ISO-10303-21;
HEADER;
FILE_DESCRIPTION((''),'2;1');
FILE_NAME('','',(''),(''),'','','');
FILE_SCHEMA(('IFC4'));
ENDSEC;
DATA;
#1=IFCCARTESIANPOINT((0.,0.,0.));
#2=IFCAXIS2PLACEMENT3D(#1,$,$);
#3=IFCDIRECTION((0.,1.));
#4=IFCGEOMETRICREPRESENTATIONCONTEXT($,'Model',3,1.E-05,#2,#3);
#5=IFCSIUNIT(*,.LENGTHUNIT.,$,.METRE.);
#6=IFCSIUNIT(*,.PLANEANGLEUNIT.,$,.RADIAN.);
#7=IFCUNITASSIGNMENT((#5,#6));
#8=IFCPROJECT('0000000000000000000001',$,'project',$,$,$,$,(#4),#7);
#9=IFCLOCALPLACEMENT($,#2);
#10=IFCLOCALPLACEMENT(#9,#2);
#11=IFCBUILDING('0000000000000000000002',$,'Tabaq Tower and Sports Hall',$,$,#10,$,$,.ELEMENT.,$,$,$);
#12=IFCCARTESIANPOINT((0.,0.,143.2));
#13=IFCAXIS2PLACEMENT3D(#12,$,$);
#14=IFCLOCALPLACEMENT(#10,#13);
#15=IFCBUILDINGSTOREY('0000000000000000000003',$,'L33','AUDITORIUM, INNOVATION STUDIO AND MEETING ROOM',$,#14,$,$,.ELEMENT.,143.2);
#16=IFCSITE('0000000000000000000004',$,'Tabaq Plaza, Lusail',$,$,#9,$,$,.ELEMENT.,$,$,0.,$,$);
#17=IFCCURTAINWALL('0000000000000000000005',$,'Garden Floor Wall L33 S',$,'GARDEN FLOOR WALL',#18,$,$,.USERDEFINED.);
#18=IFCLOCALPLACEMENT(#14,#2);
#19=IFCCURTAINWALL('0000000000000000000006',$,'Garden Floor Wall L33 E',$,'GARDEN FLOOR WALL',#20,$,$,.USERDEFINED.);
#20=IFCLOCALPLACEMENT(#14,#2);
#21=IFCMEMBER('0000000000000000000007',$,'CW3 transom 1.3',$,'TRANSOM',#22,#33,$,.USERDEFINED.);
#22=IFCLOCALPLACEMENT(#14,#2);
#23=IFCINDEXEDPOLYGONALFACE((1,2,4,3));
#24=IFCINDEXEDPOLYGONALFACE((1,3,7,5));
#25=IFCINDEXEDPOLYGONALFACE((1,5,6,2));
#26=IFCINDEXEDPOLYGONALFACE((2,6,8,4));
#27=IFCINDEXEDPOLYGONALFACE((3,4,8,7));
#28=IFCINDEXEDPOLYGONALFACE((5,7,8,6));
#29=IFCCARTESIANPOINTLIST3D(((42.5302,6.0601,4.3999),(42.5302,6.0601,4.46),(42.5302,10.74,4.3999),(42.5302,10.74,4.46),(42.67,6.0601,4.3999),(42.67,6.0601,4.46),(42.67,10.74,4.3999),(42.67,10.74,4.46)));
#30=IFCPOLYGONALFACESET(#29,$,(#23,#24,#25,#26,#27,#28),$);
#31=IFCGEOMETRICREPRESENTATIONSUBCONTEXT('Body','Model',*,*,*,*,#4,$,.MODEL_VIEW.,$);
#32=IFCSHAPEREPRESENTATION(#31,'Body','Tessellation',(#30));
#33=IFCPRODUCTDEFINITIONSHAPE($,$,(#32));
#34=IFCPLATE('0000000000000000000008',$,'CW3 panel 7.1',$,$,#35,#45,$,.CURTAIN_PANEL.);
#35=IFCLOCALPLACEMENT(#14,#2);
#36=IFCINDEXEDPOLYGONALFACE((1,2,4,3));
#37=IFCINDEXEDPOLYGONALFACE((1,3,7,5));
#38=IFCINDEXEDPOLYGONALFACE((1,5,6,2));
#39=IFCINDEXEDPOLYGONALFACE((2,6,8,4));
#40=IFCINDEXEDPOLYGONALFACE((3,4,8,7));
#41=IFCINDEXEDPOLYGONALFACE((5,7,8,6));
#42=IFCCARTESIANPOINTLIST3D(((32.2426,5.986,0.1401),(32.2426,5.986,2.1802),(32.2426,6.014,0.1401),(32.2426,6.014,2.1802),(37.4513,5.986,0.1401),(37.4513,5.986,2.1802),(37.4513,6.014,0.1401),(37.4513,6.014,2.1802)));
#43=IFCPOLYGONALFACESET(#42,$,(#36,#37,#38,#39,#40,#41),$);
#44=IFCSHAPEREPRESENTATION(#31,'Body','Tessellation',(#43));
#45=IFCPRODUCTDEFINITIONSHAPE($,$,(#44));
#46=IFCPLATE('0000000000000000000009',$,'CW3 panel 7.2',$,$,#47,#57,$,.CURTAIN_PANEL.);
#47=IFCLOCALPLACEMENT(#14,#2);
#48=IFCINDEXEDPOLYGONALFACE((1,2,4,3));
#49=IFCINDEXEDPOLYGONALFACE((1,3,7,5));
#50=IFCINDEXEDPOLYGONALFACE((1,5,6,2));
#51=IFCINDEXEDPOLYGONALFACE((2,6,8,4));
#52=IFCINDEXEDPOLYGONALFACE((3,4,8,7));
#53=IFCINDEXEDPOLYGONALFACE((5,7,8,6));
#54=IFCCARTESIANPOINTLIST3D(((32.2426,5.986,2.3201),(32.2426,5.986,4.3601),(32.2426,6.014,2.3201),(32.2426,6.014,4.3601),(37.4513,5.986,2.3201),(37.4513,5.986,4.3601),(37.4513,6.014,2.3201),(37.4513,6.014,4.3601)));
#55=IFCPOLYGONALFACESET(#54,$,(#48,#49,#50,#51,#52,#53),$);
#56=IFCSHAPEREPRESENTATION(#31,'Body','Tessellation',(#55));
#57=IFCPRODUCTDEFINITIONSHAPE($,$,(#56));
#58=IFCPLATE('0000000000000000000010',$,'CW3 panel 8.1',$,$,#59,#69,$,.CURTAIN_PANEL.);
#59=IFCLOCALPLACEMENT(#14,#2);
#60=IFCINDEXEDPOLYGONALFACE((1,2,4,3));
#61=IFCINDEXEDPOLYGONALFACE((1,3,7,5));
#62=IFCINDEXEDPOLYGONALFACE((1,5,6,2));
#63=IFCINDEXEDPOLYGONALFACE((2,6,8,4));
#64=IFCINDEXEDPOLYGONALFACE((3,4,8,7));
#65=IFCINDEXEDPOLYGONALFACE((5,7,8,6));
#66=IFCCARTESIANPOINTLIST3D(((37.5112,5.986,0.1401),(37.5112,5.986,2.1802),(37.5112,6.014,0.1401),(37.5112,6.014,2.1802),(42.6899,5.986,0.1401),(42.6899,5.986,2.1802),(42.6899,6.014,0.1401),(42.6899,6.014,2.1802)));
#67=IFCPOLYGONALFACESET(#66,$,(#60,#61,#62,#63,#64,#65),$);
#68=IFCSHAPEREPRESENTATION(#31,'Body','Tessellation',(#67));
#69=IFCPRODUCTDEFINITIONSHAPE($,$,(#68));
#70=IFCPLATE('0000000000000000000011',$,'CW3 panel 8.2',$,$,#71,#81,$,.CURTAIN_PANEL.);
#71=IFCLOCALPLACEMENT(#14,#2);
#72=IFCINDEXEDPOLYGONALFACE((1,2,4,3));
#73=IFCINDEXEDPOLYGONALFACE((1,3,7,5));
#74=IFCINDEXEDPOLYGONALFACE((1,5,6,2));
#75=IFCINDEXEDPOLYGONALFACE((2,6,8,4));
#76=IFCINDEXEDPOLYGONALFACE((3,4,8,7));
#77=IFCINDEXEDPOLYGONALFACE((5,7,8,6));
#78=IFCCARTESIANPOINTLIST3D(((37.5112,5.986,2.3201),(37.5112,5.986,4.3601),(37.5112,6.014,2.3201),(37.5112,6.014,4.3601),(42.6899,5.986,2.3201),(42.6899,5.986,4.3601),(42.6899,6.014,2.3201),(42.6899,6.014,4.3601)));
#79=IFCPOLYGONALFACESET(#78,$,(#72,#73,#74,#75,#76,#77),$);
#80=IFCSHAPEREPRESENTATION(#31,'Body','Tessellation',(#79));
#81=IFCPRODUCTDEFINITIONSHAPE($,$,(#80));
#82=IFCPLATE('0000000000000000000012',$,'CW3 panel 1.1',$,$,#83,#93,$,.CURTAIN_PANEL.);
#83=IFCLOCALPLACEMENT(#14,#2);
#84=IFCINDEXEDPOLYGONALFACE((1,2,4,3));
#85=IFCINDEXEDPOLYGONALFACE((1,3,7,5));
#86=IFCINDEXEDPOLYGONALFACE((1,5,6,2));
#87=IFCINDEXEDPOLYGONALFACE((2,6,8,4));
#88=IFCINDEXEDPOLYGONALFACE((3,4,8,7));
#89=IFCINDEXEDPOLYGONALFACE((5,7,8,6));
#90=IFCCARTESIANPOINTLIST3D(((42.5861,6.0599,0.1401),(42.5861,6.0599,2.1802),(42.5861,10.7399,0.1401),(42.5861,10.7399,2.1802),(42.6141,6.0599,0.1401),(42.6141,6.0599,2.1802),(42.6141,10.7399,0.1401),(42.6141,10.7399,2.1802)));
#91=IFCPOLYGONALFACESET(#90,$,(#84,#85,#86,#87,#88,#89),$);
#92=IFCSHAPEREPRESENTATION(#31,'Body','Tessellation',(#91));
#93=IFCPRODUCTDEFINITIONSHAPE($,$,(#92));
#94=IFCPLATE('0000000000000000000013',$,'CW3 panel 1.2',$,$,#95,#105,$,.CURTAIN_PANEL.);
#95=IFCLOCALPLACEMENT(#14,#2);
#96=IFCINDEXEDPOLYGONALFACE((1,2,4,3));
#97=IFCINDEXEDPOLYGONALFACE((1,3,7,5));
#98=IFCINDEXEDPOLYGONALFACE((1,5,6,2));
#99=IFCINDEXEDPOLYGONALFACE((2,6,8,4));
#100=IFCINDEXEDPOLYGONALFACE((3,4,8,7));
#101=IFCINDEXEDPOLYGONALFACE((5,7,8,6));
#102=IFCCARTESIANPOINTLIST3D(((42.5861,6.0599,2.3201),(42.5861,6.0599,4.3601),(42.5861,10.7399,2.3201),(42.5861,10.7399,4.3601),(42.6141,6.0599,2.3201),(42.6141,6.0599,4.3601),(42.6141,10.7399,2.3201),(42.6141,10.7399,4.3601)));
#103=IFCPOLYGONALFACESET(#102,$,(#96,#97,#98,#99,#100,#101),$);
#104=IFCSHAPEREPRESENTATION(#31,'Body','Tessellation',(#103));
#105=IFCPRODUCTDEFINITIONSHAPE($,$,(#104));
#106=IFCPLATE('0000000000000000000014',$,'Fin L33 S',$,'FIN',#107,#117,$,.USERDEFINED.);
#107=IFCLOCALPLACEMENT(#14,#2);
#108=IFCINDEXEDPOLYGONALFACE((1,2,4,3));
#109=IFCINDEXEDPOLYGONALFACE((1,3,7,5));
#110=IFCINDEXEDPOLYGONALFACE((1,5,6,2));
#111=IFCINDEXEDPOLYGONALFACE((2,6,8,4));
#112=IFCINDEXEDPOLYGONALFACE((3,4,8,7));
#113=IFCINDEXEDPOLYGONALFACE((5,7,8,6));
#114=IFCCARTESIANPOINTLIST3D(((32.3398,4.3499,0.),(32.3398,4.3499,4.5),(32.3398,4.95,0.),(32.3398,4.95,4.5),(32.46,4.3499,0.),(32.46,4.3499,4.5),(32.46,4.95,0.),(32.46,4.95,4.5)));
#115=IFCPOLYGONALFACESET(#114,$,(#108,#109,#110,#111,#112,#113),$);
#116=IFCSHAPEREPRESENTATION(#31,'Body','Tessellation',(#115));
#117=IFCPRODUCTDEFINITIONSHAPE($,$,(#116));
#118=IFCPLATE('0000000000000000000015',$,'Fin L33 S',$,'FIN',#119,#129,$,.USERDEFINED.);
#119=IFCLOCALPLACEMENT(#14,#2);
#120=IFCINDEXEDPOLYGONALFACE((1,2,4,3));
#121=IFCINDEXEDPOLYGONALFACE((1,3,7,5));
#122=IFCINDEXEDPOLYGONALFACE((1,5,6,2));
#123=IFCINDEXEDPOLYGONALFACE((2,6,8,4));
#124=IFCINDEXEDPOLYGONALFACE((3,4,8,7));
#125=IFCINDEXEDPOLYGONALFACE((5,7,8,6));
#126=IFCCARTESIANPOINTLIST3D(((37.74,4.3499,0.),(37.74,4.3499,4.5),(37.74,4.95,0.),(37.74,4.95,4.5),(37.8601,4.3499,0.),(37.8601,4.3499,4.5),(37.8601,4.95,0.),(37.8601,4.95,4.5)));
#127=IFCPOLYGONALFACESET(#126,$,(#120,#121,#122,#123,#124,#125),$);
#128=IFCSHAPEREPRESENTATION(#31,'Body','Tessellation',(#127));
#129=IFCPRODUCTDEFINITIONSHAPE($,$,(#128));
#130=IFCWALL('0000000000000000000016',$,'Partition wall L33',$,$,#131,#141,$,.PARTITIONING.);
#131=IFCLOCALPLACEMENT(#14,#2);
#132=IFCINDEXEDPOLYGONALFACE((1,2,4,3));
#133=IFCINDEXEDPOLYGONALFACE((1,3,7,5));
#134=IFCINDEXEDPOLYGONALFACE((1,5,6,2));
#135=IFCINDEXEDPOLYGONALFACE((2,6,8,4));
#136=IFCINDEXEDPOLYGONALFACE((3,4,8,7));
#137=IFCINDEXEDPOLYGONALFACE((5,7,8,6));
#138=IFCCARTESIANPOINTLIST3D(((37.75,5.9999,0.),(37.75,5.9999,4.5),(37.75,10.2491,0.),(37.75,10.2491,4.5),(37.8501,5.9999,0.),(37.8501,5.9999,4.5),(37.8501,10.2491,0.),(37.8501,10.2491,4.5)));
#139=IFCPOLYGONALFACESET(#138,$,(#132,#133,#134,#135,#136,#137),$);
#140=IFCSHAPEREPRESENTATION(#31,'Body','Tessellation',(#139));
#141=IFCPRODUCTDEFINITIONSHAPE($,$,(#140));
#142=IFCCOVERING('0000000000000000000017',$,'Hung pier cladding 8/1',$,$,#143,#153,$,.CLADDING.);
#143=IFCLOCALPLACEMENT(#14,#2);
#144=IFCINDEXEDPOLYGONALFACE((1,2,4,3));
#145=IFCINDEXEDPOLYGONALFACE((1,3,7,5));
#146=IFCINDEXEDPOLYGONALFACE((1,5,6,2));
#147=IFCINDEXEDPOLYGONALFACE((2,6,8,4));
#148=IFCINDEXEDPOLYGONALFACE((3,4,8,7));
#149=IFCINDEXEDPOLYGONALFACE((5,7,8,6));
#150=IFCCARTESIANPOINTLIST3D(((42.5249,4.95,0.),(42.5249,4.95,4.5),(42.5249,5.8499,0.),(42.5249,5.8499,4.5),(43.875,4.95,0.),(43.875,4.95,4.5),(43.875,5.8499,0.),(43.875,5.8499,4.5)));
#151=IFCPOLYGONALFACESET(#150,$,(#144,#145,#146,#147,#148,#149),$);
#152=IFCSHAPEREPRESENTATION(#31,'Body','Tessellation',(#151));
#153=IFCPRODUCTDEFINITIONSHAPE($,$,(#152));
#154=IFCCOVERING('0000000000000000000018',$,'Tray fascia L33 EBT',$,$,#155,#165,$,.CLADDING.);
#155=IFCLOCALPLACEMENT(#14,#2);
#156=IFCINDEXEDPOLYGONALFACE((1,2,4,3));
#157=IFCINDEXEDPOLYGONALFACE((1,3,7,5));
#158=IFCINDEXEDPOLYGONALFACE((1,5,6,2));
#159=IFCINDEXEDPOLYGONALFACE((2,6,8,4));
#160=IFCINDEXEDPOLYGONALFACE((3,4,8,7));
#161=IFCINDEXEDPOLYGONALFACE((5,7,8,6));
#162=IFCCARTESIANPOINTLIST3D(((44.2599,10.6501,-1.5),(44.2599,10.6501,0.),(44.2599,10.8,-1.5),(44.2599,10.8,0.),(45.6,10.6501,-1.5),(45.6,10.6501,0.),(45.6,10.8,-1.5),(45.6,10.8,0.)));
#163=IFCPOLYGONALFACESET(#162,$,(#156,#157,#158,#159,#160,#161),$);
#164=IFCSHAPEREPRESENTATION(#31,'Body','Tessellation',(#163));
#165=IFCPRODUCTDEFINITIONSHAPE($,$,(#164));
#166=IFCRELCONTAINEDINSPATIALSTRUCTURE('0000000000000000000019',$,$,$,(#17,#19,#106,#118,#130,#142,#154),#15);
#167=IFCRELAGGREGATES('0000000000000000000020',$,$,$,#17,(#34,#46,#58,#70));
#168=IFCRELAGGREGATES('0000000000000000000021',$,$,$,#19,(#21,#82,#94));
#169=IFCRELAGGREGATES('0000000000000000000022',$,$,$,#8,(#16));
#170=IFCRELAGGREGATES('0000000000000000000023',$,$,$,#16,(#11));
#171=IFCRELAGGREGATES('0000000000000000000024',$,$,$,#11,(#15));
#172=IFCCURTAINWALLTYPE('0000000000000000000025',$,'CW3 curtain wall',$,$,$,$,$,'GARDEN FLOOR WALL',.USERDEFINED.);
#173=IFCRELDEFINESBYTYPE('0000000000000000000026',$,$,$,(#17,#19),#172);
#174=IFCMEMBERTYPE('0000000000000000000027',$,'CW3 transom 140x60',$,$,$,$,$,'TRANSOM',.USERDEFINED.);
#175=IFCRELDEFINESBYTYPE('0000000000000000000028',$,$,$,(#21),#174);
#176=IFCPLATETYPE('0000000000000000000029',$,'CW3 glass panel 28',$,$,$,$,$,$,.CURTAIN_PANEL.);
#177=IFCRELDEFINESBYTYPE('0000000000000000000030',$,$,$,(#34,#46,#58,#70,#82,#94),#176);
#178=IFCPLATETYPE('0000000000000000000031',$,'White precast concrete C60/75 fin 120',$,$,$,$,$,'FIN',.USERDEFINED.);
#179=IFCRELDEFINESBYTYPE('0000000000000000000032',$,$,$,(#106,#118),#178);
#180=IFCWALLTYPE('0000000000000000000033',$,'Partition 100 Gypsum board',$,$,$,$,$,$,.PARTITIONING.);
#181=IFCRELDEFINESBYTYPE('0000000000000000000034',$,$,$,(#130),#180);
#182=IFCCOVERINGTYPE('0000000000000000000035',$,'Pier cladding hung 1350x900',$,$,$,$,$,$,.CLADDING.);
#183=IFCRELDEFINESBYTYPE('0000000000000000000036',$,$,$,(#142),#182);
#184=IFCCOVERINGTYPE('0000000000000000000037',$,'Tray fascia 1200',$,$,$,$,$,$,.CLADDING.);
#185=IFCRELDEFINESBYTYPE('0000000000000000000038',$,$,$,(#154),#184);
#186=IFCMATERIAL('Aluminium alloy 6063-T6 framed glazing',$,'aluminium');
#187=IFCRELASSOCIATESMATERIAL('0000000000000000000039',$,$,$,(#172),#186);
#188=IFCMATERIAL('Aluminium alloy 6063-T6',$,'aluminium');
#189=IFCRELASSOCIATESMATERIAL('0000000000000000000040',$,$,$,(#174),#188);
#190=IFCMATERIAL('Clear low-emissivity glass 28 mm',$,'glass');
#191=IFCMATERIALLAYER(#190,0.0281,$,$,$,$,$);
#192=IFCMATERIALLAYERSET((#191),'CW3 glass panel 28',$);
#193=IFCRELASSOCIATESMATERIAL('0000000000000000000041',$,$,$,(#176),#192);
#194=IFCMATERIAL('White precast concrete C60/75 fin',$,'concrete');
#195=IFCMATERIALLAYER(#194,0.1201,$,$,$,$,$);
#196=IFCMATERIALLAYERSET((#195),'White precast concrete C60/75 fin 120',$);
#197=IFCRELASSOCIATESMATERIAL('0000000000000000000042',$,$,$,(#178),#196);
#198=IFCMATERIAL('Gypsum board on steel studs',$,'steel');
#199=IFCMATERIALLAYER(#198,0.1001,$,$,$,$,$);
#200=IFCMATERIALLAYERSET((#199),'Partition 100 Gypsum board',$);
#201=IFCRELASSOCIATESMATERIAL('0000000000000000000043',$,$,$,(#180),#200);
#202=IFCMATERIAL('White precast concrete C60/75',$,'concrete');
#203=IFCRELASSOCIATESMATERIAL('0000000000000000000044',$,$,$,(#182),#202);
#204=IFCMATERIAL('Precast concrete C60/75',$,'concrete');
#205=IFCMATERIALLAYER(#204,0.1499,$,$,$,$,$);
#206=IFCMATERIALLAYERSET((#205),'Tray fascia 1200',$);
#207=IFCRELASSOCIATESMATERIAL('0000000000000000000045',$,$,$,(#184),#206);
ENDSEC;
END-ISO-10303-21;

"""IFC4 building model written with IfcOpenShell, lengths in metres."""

from ifc_helpers import new_model, si_unit, direction, frame, frame_2d, origin, origin_2d, place, context, subcontext, project, spatial, rectangle, extrude, material, layer, layer_set, material_profile, profile_set, type_object, element, aggregate, save


model = new_model("IFC4")

# Units and contexts
model_context = context("Model", 3, precision=1e-05, world=origin(), true_north=direction((0.0, 1.0)))
body_context = subcontext(model_context, "Body", "Model", "MODEL_VIEW")
ifc_project = project(units=[si_unit("LENGTHUNIT", "METRE"), si_unit("PLANEANGLEUNIT", "RADIAN")], contexts=[model_context])

# Site, building, storey
site_placement = place(None, origin())
site = spatial("IfcSite", under=ifc_project, at=site_placement, Name="Tabaq Plaza, Lusail", CompositionType="ELEMENT", RefElevation=0.0)
building_placement = place(site_placement, origin())
building = spatial("IfcBuilding", under=site, at=building_placement, Name="Tabaq Tower and Sports Hall", CompositionType="ELEMENT")
storey_placement = place(building_placement, frame((0.0, 0.0, 143.2)))
storey = spatial("IfcBuildingStorey", under=building, at=storey_placement, Name="L33", Description="AUDITORIUM, INNOVATION STUDIO AND MEETING ROOM", CompositionType="ELEMENT", Elevation=143.2)

# Curtain walls
ifc_material_1 = material(Name="Aluminium alloy 6063-T6 framed glazing", Category="aluminium")
curtain_wall_type = type_object("IfcCurtainWallType", Name="CW3 curtain wall", ElementType="GARDEN FLOOR WALL", PredefinedType="USERDEFINED", material=ifc_material_1)
curtain_wall_1_placement = place(storey_placement, origin())
curtain_wall_1 = element("IfcCurtainWall", 1, at=curtain_wall_1_placement, inside=storey, type_object=curtain_wall_type, Name="Garden Floor Wall L33 S", ObjectType="GARDEN FLOOR WALL", PredefinedType="USERDEFINED")
curtain_wall_2_placement = place(storey_placement, origin())
curtain_wall_2 = element("IfcCurtainWall", 2, at=curtain_wall_2_placement, inside=storey, type_object=curtain_wall_type, Name="Garden Floor Wall L33 E", ObjectType="GARDEN FLOOR WALL", PredefinedType="USERDEFINED")

# Member
ifc_material_2 = material(Name="Aluminium alloy 6063-T6", Category="aluminium")
ifc_material_profile_1 = material_profile(ifc_material_2, rectangle(XDim=0.1399, YDim=0.0601, at=origin_2d()), Name="TRANSOM 140x60")
ifc_profile_set_1 = profile_set([ifc_material_profile_1], Name="Aluminium alloy 6063-T6")
member_type_1 = type_object("IfcMemberType", Name="CW3 transom 140x60", ElementType="TRANSOM", PredefinedType="USERDEFINED", material=ifc_profile_set_1)
member_1_placement = place(storey_placement, frame((42.6001, 6.0601, 4.4299), z_axis=(0.0, 1.0, 0.0), x_axis=(-1.0, 0.0, 0.0)))
member_1 = element("IfcMember", 3, at=member_1_placement, type_object=member_type_1, Name="CW3 transom 1.3", ObjectType="TRANSOM", PredefinedType="USERDEFINED", context=body_context, shape_type="SweptSolid", body=[
    extrude(rectangle(XDim=0.1399, YDim=0.0601, at=origin_2d()), origin(), (0.0, 0.0, 1.0), 4.6799),
])

# Plates
ifc_material_3 = material(Name="Clear low-emissivity glass 28 mm", Category="glass")
ifc_layer_1 = layer(ifc_material_3, 0.0281)
ifc_layer_set_1 = layer_set([ifc_layer_1], Name="CW3 glass panel 28")
plate_type_1 = type_object("IfcPlateType", Name="CW3 glass panel 28", PredefinedType="CURTAIN_PANEL", material=ifc_layer_set_1)
plate_1_placement = place(storey_placement, frame((34.8469, 6.0, 0.1401), z_axis=(0.0, 0.0, 1.0), x_axis=(1.0, 0.0, 0.0)))
plate_1 = element("IfcPlate", 4, at=plate_1_placement, type_object=plate_type_1, Name="CW3 panel 7.1", PredefinedType="CURTAIN_PANEL", context=body_context, shape_type="SweptSolid", body=[
    extrude(rectangle(XDim=5.2087, YDim=0.0281, at=origin_2d()), origin(), (0.0, 0.0, 1.0), 2.04),
])
plate_2_placement = place(storey_placement, frame((34.8469, 6.0, 2.3201), z_axis=(0.0, 0.0, 1.0), x_axis=(1.0, 0.0, 0.0)))
plate_2 = element("IfcPlate", 5, at=plate_2_placement, type_object=plate_type_1, Name="CW3 panel 7.2", PredefinedType="CURTAIN_PANEL", context=body_context, shape_type="SweptSolid", body=[
    extrude(rectangle(XDim=5.2087, YDim=0.0281, at=origin_2d()), origin(), (0.0, 0.0, 1.0), 2.04),
])
plate_3_placement = place(storey_placement, frame((40.1006, 6.0, 0.1401), z_axis=(0.0, 0.0, 1.0), x_axis=(1.0, 0.0, 0.0)))
plate_3 = element("IfcPlate", 6, at=plate_3_placement, type_object=plate_type_1, Name="CW3 panel 8.1", PredefinedType="CURTAIN_PANEL", context=body_context, shape_type="SweptSolid", body=[
    extrude(rectangle(XDim=5.1787, YDim=0.0281, at=origin_2d()), origin(), (0.0, 0.0, 1.0), 2.04),
])
plate_4_placement = place(storey_placement, frame((40.1006, 6.0, 2.3201), z_axis=(0.0, 0.0, 1.0), x_axis=(1.0, 0.0, 0.0)))
plate_4 = element("IfcPlate", 7, at=plate_4_placement, type_object=plate_type_1, Name="CW3 panel 8.2", PredefinedType="CURTAIN_PANEL", context=body_context, shape_type="SweptSolid", body=[
    extrude(rectangle(XDim=5.1787, YDim=0.0281, at=origin_2d()), origin(), (0.0, 0.0, 1.0), 2.04),
])
aggregate(curtain_wall_1, [plate_1, plate_2, plate_3, plate_4])
plate_5_placement = place(storey_placement, frame((42.6001, 8.3999, 0.1401), z_axis=(0.0, 0.0, 1.0), x_axis=(0.0, 1.0, 0.0)))
plate_5 = element("IfcPlate", 8, at=plate_5_placement, type_object=plate_type_1, Name="CW3 panel 1.1", PredefinedType="CURTAIN_PANEL", context=body_context, shape_type="SweptSolid", body=[
    extrude(rectangle(XDim=4.6799, YDim=0.0281, at=origin_2d()), origin(), (0.0, 0.0, 1.0), 2.04),
])
plate_6_placement = place(storey_placement, frame((42.6001, 8.3999, 2.3201), z_axis=(0.0, 0.0, 1.0), x_axis=(0.0, 1.0, 0.0)))
plate_6 = element("IfcPlate", 9, at=plate_6_placement, type_object=plate_type_1, Name="CW3 panel 1.2", PredefinedType="CURTAIN_PANEL", context=body_context, shape_type="SweptSolid", body=[
    extrude(rectangle(XDim=4.6799, YDim=0.0281, at=origin_2d()), origin(), (0.0, 0.0, 1.0), 2.04),
])
aggregate(curtain_wall_2, [member_1, plate_5, plate_6])

# Plates
ifc_material_4 = material(Name="White precast concrete C60/75 fin", Category="concrete")
ifc_layer_2 = layer(ifc_material_4, 0.1201)
ifc_layer_set_2 = layer_set([ifc_layer_2], Name="White precast concrete C60/75 fin 120")
plate_type_2 = type_object("IfcPlateType", Name="White precast concrete C60/75 fin 120", ElementType="FIN", PredefinedType="USERDEFINED", material=ifc_layer_set_2)
for number, where, z_axis, x_axis, name in (
    (10, (32.3999, 4.6499, 0.0), (0.0, 0.0, 1.0), (1.0, 0.0, 0.0), "Fin L33 S"),
    (11, (37.8, 4.6499, 0.0), (0.0, 0.0, 1.0), (1.0, 0.0, 0.0), "Fin L33 S"),
):
    element("IfcPlate", number, at=place(storey_placement, frame(where, z_axis=z_axis, x_axis=x_axis)), inside=storey, type_object=plate_type_2, Name=name, ObjectType="FIN", PredefinedType="USERDEFINED", context=body_context, shape_type="SweptSolid", body=[
        extrude(rectangle(XDim=0.1201, YDim=0.6001, at=origin_2d()), origin(), (0.0, 0.0, 1.0), 4.5),
    ])

# Wall
ifc_material_5 = material(Name="Gypsum board on steel studs", Category="steel")
ifc_layer_3 = layer(ifc_material_5, 0.1001)
ifc_layer_set_3 = layer_set([ifc_layer_3], Name="Partition 100 Gypsum board")
wall_type_1 = type_object("IfcWallType", Name="Partition 100 Gypsum board", PredefinedType="PARTITIONING", material=ifc_layer_set_3)
wall_1_placement = place(storey_placement, frame((37.8, 6.0, 0.0), z_axis=(0.0, 0.0, 1.0), x_axis=(0.0, 1.0, 0.0)))
element("IfcWall", 12, at=wall_1_placement, inside=storey, type_object=wall_type_1, Name="Partition wall L33", PredefinedType="PARTITIONING", context=body_context, shape_type="SweptSolid", body=[
    extrude(rectangle(XDim=4.2493, YDim=0.1001, at=frame_2d((2.1245, 0.0))), origin(), (0.0, 0.0, 1.0), 4.5),
])

# Coverings
ifc_material_6 = material(Name="White precast concrete C60/75", Category="concrete")
covering_type_1 = type_object("IfcCoveringType", Name="Pier cladding hung 1350x900", PredefinedType="CLADDING", material=ifc_material_6)
covering_1_placement = place(storey_placement, frame((42.5249, 5.3999, 0.0), z_axis=(0.0, 0.0, 1.0), x_axis=(1.0, 0.0, 0.0)))
element("IfcCovering", 13, at=covering_1_placement, inside=storey, type_object=covering_type_1, Name="Hung pier cladding 8/1", PredefinedType="CLADDING", context=body_context, shape_type="SweptSolid", body=[
    extrude(rectangle(XDim=1.3501, YDim=0.8999, at=frame_2d((0.675, 0.0))), origin(), (0.0, 0.0, 1.0), 4.5),
])
ifc_material_7 = material(Name="Precast concrete C60/75", Category="concrete")
ifc_layer_4 = layer(ifc_material_7, 0.1499)
ifc_layer_set_4 = layer_set([ifc_layer_4], Name="Tray fascia 1200")
covering_type_2 = type_object("IfcCoveringType", Name="Tray fascia 1200", PredefinedType="CLADDING", material=ifc_layer_set_4)
covering_2_placement = place(storey_placement, frame((44.26, 10.7251, -1.5), z_axis=(0.0, 0.0, 1.0), x_axis=(1.0, 0.0, 0.0)))
element("IfcCovering", 14, at=covering_2_placement, inside=storey, type_object=covering_type_2, Name="Tray fascia L33 EBT", PredefinedType="CLADDING", context=body_context, shape_type="SweptSolid", body=[
    extrude(rectangle(XDim=1.3401, YDim=0.1499, at=frame_2d((0.6699, 0.0))), origin(), (0.0, 0.0, 1.0), 1.5),
])

save(model, "model.ifc")
